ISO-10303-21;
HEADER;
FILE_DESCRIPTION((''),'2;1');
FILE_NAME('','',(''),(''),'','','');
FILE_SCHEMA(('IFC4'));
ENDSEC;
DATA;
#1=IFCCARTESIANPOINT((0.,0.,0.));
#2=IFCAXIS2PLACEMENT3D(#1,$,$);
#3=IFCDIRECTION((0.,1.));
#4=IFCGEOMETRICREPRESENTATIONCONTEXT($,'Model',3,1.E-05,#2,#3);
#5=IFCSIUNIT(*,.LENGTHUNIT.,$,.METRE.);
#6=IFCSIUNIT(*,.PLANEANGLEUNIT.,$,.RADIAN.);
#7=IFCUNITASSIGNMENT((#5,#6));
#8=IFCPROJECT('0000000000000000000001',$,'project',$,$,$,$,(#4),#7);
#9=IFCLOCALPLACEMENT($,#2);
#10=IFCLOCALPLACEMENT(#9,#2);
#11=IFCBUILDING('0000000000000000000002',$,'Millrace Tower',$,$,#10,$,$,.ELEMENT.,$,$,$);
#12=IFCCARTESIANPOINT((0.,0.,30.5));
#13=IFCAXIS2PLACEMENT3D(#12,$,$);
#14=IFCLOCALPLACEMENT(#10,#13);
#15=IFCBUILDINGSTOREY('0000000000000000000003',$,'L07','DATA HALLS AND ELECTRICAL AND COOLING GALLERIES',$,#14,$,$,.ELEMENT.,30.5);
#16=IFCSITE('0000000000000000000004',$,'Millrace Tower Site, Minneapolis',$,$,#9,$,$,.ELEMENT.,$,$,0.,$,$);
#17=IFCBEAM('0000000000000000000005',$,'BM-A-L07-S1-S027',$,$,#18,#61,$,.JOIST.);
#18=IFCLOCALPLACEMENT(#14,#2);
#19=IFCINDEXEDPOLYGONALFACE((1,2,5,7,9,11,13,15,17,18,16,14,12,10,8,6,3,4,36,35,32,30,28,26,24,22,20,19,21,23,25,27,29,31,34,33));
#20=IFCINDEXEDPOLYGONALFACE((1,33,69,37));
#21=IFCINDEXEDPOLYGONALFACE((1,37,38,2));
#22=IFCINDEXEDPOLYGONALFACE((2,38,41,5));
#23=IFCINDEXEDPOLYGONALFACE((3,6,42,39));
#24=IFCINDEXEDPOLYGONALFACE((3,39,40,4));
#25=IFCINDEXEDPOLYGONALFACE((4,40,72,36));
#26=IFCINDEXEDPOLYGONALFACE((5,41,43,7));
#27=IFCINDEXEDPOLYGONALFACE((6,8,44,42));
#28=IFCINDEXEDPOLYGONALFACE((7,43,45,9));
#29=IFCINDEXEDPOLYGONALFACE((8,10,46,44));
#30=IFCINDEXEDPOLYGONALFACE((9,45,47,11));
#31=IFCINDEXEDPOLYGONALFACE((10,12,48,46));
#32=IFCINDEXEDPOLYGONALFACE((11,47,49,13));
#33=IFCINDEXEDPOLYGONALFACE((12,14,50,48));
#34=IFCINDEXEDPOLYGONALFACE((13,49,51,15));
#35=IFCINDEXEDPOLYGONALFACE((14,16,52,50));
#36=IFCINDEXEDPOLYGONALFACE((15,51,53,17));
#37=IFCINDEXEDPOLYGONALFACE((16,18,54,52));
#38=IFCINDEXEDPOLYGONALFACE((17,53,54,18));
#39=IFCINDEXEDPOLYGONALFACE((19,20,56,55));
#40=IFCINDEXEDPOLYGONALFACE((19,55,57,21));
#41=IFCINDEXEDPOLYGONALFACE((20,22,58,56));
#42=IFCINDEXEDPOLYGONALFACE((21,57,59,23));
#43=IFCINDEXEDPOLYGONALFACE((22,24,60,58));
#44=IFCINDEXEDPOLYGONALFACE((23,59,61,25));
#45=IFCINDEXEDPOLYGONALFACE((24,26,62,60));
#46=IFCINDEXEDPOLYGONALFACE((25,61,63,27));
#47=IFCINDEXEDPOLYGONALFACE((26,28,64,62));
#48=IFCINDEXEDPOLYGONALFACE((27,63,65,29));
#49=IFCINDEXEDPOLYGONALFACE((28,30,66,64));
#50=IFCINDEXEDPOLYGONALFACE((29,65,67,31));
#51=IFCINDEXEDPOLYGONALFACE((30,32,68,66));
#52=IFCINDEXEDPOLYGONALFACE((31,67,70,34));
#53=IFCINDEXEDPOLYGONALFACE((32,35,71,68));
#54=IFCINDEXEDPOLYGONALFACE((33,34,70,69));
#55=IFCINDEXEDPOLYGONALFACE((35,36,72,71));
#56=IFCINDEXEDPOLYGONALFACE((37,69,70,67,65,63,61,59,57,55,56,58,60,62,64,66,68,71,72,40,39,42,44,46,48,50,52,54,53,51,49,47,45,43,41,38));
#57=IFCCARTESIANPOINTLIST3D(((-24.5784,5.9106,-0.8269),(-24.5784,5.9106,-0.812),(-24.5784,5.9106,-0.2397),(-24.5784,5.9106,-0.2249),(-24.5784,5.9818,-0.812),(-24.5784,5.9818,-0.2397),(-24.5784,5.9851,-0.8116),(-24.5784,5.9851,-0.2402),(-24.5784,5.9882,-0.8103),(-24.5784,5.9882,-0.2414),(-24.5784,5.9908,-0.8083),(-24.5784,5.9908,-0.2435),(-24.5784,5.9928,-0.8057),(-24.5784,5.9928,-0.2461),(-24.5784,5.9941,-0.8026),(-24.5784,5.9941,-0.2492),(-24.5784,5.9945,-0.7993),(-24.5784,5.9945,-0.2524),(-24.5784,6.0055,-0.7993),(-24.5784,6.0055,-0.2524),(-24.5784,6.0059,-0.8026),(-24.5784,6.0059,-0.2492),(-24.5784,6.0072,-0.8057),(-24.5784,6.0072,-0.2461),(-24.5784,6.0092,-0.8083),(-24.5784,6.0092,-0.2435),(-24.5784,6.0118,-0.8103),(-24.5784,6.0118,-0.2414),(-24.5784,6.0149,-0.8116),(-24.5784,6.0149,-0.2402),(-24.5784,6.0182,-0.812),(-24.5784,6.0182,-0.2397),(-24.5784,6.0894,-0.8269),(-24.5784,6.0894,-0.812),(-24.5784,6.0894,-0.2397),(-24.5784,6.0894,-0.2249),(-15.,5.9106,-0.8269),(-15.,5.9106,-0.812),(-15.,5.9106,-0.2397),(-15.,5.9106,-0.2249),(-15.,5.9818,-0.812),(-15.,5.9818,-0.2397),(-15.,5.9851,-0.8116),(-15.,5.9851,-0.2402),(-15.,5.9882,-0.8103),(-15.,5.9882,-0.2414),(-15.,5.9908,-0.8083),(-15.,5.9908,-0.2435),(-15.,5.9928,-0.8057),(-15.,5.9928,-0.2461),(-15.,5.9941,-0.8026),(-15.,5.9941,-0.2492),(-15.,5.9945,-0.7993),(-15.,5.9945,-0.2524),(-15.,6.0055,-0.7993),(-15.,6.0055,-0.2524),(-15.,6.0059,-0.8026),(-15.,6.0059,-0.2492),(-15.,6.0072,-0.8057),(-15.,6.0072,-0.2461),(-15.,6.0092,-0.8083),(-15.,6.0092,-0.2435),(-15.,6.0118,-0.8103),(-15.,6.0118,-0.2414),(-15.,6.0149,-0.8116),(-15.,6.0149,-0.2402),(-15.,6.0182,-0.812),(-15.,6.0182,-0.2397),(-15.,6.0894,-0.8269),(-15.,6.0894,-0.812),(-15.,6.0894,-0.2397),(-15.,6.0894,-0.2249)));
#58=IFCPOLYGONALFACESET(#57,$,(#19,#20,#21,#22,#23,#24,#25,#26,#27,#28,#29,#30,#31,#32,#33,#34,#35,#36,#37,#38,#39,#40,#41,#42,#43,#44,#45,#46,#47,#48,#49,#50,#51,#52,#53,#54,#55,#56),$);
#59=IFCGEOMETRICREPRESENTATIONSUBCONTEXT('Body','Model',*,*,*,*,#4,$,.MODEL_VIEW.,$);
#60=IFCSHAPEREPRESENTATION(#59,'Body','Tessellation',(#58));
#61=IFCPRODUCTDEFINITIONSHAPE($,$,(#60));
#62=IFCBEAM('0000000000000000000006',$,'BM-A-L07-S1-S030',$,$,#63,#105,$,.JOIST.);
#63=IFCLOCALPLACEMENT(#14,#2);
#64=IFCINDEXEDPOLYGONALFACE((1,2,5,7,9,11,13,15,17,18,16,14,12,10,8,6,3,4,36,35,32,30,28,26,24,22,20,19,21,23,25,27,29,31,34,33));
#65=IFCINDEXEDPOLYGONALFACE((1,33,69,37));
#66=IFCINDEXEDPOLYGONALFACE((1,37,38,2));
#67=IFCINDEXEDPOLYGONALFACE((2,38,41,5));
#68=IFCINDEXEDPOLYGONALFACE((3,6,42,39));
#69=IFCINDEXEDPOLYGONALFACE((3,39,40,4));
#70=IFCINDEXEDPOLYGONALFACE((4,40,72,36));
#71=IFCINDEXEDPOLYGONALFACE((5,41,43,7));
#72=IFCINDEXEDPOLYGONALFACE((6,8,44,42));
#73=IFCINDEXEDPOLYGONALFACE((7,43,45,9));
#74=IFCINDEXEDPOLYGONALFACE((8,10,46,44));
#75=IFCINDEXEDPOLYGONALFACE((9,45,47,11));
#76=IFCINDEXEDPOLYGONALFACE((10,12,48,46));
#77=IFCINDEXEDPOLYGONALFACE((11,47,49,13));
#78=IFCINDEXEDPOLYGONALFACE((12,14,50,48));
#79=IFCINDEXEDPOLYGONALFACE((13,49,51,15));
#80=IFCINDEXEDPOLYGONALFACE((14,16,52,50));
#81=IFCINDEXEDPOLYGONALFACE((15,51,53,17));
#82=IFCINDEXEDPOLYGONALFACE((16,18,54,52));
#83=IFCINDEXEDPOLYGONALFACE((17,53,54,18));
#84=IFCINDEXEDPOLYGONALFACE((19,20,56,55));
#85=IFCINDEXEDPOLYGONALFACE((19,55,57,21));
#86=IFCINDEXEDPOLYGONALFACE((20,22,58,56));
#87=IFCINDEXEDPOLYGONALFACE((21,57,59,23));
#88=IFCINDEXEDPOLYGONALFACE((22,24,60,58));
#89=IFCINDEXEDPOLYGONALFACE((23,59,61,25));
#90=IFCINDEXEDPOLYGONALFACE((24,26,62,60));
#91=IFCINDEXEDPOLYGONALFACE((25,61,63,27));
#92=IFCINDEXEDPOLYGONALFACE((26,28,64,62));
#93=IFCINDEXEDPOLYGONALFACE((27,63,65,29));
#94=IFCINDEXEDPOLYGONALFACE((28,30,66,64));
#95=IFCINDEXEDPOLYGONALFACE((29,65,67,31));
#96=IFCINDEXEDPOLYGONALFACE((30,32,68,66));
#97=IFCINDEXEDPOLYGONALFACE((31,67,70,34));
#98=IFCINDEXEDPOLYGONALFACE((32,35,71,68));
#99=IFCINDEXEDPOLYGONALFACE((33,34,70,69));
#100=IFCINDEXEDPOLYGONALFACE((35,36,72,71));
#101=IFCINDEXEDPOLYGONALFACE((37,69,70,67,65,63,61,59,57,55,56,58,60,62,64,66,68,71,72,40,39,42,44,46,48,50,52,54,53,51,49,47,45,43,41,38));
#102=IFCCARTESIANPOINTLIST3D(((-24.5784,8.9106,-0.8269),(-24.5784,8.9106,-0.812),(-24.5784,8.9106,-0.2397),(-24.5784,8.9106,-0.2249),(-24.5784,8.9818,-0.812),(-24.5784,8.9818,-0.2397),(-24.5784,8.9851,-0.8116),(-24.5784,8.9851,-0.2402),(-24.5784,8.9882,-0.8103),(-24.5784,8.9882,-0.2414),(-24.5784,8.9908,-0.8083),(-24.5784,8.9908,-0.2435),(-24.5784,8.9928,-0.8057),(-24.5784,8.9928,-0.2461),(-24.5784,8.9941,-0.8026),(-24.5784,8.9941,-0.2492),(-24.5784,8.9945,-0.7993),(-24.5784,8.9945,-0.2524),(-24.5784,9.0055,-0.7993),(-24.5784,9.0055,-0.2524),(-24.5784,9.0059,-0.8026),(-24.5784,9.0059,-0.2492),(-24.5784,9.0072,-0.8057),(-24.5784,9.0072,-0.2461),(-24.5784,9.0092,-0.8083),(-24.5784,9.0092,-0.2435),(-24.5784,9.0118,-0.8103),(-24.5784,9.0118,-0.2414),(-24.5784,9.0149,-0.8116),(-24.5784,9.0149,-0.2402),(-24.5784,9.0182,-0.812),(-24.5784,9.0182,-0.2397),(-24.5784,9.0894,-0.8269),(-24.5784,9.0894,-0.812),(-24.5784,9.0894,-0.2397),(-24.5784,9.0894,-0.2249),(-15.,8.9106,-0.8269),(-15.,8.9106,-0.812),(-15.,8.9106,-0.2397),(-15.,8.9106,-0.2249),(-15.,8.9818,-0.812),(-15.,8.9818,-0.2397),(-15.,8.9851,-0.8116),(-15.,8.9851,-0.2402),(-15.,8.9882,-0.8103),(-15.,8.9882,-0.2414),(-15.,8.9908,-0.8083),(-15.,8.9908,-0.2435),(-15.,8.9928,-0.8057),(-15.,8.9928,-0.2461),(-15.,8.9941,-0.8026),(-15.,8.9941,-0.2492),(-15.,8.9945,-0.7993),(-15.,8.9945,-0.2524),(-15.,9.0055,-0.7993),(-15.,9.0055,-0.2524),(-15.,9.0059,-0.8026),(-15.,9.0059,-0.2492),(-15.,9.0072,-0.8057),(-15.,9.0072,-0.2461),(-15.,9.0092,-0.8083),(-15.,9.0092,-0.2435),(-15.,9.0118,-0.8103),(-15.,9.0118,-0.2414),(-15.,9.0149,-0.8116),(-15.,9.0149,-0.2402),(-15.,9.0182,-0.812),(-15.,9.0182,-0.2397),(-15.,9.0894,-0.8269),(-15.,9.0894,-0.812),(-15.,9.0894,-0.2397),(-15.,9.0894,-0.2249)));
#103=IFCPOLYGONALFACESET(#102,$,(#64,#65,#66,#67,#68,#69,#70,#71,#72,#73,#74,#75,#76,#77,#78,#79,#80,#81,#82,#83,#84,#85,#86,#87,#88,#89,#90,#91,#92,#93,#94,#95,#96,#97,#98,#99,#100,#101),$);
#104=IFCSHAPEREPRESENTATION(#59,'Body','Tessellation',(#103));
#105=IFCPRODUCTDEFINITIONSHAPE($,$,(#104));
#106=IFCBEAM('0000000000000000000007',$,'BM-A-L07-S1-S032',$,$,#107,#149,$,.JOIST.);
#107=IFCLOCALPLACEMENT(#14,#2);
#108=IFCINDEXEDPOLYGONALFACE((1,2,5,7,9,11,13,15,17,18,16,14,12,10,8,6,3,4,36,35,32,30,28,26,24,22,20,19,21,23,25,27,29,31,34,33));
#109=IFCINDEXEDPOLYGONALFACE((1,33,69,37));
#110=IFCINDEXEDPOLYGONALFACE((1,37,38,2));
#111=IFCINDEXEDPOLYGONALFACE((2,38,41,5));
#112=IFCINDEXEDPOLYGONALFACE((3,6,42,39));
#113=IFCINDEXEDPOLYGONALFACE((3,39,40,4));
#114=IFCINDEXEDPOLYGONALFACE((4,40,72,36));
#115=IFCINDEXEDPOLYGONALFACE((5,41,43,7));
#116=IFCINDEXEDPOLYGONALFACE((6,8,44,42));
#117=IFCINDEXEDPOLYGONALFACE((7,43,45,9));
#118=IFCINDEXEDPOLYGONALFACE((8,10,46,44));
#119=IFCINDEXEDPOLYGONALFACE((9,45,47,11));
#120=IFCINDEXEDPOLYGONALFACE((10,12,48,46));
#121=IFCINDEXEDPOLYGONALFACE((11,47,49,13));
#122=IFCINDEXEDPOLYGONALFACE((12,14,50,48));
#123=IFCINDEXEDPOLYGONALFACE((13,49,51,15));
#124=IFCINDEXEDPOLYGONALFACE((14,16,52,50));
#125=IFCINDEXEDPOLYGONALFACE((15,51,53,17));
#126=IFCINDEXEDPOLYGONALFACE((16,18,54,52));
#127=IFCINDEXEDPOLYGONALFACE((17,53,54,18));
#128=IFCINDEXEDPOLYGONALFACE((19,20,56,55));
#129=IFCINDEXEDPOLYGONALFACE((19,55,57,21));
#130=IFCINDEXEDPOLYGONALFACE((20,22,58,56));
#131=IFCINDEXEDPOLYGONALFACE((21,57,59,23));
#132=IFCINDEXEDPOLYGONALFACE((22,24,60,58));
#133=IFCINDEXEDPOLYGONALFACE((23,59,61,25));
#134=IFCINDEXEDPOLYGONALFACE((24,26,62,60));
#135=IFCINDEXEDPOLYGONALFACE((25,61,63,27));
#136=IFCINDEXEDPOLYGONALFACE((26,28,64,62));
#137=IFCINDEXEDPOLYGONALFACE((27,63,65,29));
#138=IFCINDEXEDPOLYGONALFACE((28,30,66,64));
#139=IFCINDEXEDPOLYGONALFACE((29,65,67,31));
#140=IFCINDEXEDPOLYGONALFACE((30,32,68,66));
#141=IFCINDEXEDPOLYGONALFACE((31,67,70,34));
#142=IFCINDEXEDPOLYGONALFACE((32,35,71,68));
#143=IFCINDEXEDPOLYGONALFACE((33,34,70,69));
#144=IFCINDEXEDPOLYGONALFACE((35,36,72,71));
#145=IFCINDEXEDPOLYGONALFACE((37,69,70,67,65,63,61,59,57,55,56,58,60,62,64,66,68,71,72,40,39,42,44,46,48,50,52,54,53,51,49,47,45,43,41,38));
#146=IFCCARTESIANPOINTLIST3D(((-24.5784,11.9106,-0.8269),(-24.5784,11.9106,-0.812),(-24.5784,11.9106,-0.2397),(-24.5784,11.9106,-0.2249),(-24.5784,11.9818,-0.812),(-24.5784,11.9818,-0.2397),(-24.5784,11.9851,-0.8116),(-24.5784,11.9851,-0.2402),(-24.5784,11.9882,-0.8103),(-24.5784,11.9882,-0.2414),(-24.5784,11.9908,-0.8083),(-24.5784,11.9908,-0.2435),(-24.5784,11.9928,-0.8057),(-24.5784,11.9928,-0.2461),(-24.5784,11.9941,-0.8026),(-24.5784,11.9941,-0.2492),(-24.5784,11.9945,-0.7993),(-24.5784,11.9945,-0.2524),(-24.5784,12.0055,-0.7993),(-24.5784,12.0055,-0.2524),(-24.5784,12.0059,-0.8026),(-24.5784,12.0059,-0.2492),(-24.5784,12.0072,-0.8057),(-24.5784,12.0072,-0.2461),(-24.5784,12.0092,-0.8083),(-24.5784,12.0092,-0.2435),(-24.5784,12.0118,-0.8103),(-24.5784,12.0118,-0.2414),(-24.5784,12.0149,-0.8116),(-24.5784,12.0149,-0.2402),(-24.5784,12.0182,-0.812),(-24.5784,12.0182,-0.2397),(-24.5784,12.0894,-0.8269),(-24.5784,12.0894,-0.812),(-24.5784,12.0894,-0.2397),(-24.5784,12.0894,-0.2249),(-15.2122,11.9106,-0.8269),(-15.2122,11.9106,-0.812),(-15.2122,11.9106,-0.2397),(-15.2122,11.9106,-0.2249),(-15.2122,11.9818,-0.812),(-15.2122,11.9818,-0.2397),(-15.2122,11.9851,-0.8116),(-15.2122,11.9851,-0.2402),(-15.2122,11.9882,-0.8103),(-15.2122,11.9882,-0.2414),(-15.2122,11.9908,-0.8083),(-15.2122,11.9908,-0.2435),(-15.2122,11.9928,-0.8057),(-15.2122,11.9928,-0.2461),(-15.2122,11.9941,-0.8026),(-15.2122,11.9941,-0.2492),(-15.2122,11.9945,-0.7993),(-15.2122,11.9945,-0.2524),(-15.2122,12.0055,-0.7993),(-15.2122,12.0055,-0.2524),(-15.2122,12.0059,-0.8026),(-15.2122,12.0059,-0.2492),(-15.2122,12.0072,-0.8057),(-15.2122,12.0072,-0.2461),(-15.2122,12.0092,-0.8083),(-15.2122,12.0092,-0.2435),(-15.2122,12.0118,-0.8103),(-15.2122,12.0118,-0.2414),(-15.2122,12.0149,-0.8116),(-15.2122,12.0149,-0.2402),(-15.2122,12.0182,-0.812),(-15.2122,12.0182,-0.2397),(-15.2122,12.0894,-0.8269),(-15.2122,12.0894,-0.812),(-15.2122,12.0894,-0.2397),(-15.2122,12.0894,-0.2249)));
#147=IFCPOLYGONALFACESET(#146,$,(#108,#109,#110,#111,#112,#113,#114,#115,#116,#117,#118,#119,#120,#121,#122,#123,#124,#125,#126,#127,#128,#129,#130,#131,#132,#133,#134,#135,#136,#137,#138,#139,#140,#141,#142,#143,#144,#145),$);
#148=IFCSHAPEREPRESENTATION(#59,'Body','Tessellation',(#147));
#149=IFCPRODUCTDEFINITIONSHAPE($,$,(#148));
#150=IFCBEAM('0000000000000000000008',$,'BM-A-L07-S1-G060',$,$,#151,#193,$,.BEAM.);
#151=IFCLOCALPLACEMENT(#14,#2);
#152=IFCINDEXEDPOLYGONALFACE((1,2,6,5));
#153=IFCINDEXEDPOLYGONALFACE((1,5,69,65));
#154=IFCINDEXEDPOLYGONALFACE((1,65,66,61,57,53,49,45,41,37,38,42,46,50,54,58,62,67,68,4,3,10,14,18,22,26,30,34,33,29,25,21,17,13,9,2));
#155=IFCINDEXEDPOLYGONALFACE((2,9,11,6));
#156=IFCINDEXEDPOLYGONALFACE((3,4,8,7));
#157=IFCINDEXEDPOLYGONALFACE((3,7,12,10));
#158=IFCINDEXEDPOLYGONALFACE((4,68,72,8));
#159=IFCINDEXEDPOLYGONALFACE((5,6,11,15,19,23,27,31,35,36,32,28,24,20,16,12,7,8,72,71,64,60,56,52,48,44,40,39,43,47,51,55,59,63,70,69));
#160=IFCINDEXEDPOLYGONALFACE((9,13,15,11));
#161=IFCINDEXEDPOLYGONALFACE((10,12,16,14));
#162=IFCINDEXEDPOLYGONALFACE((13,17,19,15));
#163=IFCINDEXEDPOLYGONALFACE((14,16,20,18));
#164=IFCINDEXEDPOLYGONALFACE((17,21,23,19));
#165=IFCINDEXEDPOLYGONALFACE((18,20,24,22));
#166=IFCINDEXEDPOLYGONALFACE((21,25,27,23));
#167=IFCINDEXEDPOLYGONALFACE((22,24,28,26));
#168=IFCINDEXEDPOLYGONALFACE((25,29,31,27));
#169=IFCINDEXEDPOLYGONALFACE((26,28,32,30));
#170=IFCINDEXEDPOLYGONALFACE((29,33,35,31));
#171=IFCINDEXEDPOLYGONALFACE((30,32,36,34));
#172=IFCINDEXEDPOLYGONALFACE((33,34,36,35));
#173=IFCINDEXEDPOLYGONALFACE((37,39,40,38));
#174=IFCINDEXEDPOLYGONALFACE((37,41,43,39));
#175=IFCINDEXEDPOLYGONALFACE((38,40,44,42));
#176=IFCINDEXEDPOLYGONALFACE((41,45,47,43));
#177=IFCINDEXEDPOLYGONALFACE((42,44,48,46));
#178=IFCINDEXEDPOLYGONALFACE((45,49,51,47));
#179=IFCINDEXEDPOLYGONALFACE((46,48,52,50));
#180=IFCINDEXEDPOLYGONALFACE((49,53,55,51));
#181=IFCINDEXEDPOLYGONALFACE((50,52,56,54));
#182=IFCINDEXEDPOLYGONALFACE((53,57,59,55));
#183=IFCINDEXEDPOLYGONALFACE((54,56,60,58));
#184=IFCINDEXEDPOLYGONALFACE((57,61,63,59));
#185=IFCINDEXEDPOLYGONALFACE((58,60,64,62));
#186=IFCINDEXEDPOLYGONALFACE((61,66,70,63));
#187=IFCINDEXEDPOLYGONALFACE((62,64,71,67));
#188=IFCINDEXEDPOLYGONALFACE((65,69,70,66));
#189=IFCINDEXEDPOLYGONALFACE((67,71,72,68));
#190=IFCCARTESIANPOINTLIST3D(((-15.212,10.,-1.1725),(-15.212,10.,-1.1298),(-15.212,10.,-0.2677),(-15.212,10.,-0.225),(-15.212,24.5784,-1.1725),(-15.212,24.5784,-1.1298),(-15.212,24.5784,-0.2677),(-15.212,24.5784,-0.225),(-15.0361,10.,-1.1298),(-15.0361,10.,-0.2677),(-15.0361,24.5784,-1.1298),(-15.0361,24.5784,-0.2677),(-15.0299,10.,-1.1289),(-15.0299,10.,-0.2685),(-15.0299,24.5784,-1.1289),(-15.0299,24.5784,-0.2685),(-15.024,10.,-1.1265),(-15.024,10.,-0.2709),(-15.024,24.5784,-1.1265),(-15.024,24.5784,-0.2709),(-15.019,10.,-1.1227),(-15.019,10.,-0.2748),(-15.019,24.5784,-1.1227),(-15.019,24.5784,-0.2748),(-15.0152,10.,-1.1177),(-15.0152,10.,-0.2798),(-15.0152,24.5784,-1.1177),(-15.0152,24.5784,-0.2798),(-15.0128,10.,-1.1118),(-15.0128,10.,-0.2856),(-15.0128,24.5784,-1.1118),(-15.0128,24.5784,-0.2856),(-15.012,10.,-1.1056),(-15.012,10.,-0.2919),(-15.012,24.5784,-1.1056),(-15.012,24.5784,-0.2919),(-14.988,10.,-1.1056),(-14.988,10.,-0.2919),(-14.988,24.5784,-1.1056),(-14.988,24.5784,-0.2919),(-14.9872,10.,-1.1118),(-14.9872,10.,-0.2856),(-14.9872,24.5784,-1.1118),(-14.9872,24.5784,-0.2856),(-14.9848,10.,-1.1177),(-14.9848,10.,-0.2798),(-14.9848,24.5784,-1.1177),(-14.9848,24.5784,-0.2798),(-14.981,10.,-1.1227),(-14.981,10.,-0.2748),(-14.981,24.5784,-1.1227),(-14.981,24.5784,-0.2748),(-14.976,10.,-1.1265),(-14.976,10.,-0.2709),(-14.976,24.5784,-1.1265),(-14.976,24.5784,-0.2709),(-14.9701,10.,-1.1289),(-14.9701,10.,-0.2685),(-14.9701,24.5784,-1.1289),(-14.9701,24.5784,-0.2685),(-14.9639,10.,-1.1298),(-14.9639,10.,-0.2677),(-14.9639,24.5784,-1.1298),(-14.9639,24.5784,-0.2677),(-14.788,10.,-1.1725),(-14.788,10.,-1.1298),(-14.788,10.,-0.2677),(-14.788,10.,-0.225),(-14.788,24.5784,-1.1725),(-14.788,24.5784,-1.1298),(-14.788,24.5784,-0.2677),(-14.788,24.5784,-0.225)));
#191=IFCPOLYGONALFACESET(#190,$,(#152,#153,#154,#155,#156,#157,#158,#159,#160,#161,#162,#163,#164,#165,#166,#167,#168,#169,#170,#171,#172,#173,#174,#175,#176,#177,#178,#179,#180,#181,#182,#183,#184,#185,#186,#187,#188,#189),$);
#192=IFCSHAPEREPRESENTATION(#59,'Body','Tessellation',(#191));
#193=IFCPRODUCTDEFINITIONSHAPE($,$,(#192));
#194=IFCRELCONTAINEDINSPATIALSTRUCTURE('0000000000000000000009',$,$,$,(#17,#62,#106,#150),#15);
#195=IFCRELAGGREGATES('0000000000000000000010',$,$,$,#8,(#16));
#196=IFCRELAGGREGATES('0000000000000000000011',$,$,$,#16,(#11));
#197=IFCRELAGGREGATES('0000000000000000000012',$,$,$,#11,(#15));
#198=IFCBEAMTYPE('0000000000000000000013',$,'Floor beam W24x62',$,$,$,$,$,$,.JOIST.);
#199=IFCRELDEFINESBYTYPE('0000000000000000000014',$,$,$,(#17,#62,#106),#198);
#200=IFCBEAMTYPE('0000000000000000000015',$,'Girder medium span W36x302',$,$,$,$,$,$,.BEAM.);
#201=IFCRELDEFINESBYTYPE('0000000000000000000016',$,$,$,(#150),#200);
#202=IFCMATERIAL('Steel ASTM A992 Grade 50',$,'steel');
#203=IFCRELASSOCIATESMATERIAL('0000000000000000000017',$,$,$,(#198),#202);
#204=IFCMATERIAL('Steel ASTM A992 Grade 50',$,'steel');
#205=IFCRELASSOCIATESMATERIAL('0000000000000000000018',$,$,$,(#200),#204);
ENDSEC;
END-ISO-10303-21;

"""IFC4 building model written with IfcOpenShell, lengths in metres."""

from ifc_helpers import new_model, si_unit, direction, frame, origin, origin_2d, place, context, subcontext, project, spatial, i_section, extrude, material, material_profile, profile_set, type_object, element, save


model = new_model("IFC4")

# Units and contexts
model_context = context("Model", 3, precision=1e-05, world=origin(), true_north=direction((0.0, 1.0)))
body_context = subcontext(model_context, "Body", "Model", "MODEL_VIEW")
ifc_project = project(units=[si_unit("LENGTHUNIT", "METRE"), si_unit("PLANEANGLEUNIT", "RADIAN")], contexts=[model_context])

# Site, building, storey
site_placement = place(None, origin())
site = spatial("IfcSite", under=ifc_project, at=site_placement, Name="Millrace Tower Site, Minneapolis", CompositionType="ELEMENT", RefElevation=0.0)
building_placement = place(site_placement, origin())
building = spatial("IfcBuilding", under=site, at=building_placement, Name="Millrace Tower", CompositionType="ELEMENT")
storey_placement = place(building_placement, frame((0.0, 0.0, 30.5)))
storey = spatial("IfcBuildingStorey", under=building, at=storey_placement, Name="L07", Description="DATA HALLS AND ELECTRICAL AND COOLING GALLERIES", CompositionType="ELEMENT", Elevation=30.5)

# Beams
ifc_material_1 = material(Name="Steel ASTM A992 Grade 50", Category="steel")
ifc_material_profile_1 = material_profile(ifc_material_1, i_section(OverallWidth=0.1787, OverallDepth=0.6021, WebThickness=0.011, FlangeThickness=0.0149, FilletRadius=0.0127, at=origin_2d()))
ifc_profile_set_1 = profile_set([ifc_material_profile_1], Name="Steel ASTM A992 Grade 50")
beam_type_1 = type_object("IfcBeamType", Name="Floor beam W24x62", PredefinedType="JOIST", material=ifc_profile_set_1)
for number, where, z_axis, x_axis, name in (
    (1, (-24.5784, 6.0, -0.5259), (1.0, 0.0, 0.0), (0.0, 1.0, 0.0), "BM-A-L07-S1-S027"),
    (2, (-24.5784, 9.0, -0.5259), (1.0, 0.0, 0.0), (0.0, 1.0, 0.0), "BM-A-L07-S1-S030"),
):
    element("IfcBeam", number, at=place(storey_placement, frame(where, z_axis=z_axis, x_axis=x_axis)), inside=storey, type_object=beam_type_1, Name=name, PredefinedType="JOIST", context=body_context, shape_type="SweptSolid", body=[
        extrude(i_section(OverallWidth=0.1787, OverallDepth=0.6021, WebThickness=0.011, FlangeThickness=0.0149, FilletRadius=0.0127, at=origin_2d()), origin(), (0.0, 0.0, 1.0), 9.5784),
    ])
beam_1_placement = place(storey_placement, frame((-24.5784, 12.0, -0.5259), z_axis=(1.0, 0.0, 0.0), x_axis=(0.0, 1.0, 0.0)))
element("IfcBeam", 3, at=beam_1_placement, inside=storey, type_object=beam_type_1, Name="BM-A-L07-S1-S032", PredefinedType="JOIST", context=body_context, shape_type="SweptSolid", body=[
    extrude(i_section(OverallWidth=0.1787, OverallDepth=0.6021, WebThickness=0.011, FlangeThickness=0.0149, FilletRadius=0.0127, at=origin_2d()), origin(), (0.0, 0.0, 1.0), 9.3662),
])
ifc_material_2 = material(Name="Steel ASTM A992 Grade 50", Category="steel")
ifc_material_profile_2 = material_profile(ifc_material_2, i_section(OverallWidth=0.4241, OverallDepth=0.9475, WebThickness=0.0239, FlangeThickness=0.0427, FilletRadius=0.0242, at=origin_2d()))
ifc_profile_set_2 = profile_set([ifc_material_profile_2], Name="Steel ASTM A992 Grade 50")
beam_type_2 = type_object("IfcBeamType", Name="Girder medium span W36x302", PredefinedType="BEAM", material=ifc_profile_set_2)
beam_2_placement = place(storey_placement, frame((-15.0, 10.0, -0.6987), z_axis=(0.0, 1.0, 0.0), x_axis=(-1.0, 0.0, 0.0)))
element("IfcBeam", 4, at=beam_2_placement, inside=storey, type_object=beam_type_2, Name="BM-A-L07-S1-G060", PredefinedType="BEAM", context=body_context, shape_type="SweptSolid", body=[
    extrude(i_section(OverallWidth=0.4241, OverallDepth=0.9475, WebThickness=0.0239, FlangeThickness=0.0427, FilletRadius=0.0242, at=origin_2d()), origin(), (0.0, 0.0, 1.0), 14.5784),
])

save(model, "model.ifc")
